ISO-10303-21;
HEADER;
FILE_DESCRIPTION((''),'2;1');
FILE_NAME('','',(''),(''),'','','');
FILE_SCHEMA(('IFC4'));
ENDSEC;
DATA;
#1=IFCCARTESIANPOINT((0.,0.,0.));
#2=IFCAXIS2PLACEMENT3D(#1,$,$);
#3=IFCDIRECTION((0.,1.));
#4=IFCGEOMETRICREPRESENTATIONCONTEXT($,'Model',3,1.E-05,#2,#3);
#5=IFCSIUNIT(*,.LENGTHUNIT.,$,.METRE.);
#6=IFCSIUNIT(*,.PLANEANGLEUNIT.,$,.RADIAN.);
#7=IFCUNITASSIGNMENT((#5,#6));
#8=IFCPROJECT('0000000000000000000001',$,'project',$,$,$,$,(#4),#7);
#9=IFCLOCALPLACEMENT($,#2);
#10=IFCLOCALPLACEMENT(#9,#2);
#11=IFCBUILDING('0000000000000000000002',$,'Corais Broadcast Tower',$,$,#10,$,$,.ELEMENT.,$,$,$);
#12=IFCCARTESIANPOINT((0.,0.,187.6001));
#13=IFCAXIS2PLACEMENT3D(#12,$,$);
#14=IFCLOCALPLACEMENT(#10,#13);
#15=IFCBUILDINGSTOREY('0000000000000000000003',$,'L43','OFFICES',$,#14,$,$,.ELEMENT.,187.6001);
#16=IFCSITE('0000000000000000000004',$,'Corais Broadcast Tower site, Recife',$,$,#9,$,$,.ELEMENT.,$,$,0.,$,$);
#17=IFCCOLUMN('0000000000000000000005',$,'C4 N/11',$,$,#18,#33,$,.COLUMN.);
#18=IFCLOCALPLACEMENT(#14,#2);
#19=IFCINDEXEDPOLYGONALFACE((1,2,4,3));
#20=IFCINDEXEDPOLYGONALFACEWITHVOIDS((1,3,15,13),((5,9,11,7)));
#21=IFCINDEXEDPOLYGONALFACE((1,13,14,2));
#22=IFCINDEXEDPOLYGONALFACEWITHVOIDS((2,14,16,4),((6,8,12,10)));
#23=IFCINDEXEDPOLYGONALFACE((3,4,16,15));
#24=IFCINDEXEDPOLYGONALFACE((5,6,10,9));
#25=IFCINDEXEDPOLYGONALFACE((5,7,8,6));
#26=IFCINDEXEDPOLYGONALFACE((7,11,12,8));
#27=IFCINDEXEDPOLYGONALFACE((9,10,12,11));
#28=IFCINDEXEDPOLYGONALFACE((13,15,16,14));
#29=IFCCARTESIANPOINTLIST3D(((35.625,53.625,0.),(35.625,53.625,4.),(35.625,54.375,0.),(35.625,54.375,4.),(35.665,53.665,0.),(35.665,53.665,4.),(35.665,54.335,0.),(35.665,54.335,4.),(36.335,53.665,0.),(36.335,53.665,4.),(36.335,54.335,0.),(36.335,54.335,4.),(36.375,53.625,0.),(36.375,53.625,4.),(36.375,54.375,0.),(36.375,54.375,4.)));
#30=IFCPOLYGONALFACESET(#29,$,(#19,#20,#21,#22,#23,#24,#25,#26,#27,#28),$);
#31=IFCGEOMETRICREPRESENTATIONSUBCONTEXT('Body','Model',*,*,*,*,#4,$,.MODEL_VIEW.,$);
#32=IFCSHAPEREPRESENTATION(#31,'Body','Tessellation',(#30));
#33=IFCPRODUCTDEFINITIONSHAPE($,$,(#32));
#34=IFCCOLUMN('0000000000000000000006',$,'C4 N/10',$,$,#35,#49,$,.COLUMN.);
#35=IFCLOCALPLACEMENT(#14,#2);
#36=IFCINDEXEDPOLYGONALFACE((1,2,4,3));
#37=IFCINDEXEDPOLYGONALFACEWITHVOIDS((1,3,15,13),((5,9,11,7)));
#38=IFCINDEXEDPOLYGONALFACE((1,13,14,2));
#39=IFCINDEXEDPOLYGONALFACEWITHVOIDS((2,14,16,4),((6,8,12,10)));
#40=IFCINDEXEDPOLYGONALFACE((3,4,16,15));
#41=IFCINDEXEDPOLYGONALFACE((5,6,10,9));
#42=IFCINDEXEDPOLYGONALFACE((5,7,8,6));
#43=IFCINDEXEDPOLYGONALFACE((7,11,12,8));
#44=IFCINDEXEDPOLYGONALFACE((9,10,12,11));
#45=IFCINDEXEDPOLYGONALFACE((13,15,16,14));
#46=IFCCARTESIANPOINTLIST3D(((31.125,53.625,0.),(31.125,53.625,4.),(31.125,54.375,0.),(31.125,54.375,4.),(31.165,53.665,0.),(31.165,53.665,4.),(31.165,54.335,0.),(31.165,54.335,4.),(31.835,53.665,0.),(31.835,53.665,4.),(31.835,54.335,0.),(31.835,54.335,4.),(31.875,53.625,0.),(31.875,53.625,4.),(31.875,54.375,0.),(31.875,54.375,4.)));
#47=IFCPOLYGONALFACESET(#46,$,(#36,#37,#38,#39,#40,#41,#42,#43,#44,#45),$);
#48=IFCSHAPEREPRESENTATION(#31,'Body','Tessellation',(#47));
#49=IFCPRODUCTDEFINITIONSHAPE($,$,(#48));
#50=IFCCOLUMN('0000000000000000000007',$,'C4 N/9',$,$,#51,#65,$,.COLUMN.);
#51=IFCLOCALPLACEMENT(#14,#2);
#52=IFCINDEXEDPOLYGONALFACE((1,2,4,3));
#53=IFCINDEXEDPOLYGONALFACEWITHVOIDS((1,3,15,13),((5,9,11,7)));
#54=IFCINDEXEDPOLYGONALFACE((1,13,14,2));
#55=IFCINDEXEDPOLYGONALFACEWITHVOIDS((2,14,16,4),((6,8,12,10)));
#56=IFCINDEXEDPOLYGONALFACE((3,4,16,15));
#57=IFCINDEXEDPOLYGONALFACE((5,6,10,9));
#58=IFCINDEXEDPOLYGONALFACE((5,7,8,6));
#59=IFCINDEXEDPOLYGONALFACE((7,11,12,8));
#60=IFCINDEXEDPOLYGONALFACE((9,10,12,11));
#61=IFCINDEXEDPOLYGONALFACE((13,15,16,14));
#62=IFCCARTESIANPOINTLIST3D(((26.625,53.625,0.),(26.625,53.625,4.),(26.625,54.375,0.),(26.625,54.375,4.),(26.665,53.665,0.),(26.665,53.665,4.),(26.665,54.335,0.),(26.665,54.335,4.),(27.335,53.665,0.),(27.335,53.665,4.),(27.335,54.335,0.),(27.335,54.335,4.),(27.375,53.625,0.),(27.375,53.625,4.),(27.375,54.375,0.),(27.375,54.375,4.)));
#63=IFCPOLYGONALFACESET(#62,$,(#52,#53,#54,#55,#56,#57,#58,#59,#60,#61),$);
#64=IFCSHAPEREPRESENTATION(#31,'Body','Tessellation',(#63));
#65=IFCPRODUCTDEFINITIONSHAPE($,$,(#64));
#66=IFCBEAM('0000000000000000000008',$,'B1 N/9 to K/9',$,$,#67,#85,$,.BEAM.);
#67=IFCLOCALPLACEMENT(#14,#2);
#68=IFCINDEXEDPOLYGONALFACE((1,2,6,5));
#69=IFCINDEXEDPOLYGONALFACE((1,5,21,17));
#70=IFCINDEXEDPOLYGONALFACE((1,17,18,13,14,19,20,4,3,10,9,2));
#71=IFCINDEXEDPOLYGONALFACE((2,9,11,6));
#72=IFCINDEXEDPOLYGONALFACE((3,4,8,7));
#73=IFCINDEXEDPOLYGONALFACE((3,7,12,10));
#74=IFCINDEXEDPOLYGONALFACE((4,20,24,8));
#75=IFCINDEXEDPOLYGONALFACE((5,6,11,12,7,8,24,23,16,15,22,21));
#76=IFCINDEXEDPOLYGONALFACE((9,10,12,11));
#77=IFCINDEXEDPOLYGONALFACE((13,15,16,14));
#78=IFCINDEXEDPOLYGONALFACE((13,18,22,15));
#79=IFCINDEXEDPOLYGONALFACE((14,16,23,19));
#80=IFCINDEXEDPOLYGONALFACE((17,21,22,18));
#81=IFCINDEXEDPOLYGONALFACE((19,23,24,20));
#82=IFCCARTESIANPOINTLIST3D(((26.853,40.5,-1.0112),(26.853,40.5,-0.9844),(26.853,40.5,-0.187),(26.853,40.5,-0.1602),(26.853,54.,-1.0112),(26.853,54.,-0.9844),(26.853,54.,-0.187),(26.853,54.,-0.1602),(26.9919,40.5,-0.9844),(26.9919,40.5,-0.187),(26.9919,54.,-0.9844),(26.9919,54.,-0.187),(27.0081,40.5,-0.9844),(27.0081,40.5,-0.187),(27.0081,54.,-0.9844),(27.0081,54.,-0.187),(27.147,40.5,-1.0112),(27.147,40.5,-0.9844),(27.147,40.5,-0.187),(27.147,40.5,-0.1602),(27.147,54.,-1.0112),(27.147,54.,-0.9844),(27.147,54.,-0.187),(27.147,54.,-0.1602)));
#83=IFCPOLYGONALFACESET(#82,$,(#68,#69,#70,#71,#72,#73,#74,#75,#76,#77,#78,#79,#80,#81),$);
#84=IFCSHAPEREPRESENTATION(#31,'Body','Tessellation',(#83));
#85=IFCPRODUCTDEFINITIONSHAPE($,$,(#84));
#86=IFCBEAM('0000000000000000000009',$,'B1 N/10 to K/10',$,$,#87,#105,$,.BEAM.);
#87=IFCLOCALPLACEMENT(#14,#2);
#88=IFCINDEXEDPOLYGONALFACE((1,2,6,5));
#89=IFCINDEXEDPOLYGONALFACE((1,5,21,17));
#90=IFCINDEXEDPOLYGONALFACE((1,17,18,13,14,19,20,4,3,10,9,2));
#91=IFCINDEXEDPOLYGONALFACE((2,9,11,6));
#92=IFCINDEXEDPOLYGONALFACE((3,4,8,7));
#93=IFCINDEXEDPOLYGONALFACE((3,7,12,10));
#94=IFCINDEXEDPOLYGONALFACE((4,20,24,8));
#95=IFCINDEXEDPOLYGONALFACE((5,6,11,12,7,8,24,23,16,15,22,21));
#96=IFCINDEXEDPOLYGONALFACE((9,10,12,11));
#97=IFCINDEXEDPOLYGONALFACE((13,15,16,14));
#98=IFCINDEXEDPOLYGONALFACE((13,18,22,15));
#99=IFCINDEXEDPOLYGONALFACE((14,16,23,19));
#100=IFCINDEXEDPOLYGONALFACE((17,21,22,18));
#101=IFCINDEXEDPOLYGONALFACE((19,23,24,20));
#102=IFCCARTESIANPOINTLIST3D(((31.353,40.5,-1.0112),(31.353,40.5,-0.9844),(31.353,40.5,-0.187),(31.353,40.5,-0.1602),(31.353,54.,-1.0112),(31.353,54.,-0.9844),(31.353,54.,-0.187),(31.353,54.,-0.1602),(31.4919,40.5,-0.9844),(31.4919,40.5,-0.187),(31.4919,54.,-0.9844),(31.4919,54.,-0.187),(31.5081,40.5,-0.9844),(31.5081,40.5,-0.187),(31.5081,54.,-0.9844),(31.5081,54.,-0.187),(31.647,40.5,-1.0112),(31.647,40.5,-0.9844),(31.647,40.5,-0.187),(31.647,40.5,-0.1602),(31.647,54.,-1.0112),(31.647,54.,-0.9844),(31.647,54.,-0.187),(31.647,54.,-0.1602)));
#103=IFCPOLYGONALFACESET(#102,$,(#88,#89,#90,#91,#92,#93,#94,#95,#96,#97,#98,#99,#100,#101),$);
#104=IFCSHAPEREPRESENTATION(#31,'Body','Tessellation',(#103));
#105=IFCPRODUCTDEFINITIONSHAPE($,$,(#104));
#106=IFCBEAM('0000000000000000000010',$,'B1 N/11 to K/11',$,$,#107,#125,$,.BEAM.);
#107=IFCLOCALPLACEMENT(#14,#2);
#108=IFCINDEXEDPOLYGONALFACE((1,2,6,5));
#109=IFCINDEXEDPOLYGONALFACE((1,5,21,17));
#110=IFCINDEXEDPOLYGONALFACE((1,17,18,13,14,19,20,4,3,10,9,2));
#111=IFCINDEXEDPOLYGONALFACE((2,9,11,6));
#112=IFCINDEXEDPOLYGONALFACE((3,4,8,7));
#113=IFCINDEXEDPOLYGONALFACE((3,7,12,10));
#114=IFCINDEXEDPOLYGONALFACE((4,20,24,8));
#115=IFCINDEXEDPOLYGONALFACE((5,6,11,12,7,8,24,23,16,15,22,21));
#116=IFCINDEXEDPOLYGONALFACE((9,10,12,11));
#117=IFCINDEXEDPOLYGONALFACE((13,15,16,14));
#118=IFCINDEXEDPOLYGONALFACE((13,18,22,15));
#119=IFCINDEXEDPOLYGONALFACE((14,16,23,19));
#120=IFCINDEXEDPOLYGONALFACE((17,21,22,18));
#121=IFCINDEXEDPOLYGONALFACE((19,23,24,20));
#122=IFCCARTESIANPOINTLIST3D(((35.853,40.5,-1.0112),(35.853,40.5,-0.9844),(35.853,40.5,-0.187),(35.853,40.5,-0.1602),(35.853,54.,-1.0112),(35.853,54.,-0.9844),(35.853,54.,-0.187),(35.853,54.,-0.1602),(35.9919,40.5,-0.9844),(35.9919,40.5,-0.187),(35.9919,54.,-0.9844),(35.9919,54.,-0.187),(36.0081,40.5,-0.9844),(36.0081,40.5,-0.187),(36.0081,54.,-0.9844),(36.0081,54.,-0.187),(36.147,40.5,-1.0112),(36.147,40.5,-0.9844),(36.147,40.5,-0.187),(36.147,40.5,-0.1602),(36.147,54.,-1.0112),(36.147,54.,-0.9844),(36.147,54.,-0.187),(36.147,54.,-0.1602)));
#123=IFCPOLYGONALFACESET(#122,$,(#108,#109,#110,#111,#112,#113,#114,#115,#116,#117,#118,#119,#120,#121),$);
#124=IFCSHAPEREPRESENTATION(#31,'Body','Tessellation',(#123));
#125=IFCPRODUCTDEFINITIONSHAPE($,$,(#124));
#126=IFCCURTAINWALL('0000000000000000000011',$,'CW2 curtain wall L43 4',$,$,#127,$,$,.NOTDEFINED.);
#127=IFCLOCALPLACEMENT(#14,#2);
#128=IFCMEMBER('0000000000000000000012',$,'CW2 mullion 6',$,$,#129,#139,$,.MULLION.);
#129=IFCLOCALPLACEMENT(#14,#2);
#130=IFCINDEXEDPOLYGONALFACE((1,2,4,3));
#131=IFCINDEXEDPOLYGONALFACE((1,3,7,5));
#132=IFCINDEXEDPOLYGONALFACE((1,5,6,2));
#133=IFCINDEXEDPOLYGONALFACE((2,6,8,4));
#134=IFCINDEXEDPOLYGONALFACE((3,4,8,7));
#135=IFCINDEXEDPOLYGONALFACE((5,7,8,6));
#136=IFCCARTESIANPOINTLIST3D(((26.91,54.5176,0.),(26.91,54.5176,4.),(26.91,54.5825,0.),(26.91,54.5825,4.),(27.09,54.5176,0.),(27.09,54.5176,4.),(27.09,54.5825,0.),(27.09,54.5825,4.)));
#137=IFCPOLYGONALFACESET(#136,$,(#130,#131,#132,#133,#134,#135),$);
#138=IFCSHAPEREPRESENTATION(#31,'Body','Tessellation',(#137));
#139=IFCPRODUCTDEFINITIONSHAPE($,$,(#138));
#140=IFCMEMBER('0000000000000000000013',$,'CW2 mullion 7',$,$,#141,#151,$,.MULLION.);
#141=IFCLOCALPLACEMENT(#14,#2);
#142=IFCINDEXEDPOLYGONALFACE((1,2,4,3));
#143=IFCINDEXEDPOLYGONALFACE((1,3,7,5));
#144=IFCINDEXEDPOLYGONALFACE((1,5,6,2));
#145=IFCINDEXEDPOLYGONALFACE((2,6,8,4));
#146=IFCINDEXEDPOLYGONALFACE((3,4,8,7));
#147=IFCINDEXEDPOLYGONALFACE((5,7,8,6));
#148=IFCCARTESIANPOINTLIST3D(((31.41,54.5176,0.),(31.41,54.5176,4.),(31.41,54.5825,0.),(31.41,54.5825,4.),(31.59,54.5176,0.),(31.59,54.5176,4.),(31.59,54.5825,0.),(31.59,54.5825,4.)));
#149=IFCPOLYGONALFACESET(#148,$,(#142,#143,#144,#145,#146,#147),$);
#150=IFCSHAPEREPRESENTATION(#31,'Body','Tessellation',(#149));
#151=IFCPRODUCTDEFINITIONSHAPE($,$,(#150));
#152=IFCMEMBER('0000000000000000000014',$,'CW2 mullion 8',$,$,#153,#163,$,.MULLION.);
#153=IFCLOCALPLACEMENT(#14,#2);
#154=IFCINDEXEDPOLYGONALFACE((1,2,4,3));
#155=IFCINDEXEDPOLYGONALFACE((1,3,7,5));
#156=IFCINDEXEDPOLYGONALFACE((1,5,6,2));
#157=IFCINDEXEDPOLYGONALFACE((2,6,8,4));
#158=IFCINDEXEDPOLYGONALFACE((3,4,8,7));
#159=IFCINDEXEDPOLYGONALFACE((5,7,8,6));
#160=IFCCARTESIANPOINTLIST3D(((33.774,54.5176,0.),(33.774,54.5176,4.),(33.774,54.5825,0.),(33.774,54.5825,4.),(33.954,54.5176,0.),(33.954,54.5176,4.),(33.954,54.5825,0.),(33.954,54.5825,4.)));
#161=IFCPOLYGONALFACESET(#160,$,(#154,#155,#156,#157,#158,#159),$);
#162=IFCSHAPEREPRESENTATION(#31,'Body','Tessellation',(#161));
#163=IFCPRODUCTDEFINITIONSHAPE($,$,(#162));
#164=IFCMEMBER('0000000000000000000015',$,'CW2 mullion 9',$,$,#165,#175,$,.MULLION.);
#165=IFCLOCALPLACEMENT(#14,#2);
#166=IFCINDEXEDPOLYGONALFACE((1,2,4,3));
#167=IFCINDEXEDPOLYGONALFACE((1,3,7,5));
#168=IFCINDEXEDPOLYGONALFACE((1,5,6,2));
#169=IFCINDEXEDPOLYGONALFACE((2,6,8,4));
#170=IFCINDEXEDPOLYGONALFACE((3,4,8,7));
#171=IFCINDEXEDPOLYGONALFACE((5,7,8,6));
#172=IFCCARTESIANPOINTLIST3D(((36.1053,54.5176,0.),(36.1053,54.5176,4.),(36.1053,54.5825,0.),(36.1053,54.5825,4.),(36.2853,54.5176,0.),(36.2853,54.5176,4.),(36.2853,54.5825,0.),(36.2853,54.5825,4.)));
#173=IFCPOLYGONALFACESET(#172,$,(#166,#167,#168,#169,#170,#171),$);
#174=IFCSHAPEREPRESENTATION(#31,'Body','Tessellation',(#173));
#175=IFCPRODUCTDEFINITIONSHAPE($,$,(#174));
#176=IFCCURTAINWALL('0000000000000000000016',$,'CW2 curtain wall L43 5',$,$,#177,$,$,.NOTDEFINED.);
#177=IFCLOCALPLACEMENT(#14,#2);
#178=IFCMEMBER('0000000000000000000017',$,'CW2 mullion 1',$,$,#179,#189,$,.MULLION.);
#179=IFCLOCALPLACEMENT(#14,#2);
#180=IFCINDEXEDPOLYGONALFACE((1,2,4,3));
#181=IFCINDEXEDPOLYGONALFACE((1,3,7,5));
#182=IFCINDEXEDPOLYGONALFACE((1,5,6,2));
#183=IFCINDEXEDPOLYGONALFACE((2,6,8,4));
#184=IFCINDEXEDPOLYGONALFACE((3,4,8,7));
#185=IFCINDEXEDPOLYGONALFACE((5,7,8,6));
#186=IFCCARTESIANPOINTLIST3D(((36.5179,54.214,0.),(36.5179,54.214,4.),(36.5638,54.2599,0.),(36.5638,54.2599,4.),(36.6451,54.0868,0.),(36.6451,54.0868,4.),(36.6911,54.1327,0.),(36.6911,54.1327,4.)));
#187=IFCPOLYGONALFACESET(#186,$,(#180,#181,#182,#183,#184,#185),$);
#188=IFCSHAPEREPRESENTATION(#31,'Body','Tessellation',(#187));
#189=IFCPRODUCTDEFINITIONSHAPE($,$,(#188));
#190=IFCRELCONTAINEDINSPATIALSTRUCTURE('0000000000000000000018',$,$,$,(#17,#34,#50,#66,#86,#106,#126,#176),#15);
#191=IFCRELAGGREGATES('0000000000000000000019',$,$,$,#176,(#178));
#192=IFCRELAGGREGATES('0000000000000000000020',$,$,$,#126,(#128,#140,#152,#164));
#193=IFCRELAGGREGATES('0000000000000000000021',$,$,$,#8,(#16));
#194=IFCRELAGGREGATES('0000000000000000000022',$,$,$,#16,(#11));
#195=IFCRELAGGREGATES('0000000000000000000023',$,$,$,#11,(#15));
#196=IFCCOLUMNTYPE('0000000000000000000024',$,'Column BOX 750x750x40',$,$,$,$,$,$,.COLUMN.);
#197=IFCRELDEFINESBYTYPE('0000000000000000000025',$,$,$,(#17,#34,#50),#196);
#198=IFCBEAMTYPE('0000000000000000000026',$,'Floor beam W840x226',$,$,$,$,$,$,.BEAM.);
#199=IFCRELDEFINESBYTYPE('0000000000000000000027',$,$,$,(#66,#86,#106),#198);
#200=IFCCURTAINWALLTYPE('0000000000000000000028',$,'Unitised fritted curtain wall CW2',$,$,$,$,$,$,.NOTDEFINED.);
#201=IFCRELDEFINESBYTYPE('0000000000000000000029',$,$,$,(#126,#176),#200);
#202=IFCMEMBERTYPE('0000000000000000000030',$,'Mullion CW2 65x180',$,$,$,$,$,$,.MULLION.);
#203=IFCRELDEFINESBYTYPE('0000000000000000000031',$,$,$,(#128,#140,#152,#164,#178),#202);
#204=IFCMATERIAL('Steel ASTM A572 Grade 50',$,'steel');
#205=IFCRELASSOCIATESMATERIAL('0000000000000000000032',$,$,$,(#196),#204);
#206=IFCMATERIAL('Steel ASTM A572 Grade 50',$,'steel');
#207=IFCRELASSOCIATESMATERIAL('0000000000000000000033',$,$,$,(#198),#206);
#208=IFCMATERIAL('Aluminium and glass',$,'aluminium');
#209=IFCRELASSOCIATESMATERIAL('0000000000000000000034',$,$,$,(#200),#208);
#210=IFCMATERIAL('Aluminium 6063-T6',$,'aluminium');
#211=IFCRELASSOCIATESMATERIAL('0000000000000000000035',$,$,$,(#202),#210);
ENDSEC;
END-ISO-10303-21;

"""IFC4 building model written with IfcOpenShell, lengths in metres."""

from ifc_helpers import new_model, si_unit, direction, frame, origin, origin_2d, place, context, subcontext, project, spatial, rectangle, hollow_rectangle, i_section, extrude, material, material_profile, profile_set, type_object, element, aggregate, save


model = new_model("IFC4")

# Units and contexts
model_context = context("Model", 3, precision=1e-05, world=origin(), true_north=direction((0.0, 1.0)))
body_context = subcontext(model_context, "Body", "Model", "MODEL_VIEW")
ifc_project = project(units=[si_unit("LENGTHUNIT", "METRE"), si_unit("PLANEANGLEUNIT", "RADIAN")], contexts=[model_context])

# Site, building, storey
site_placement = place(None, origin())
site = spatial("IfcSite", under=ifc_project, at=site_placement, Name="Corais Broadcast Tower site, Recife", CompositionType="ELEMENT", RefElevation=0.0)
building_placement = place(site_placement, origin())
building = spatial("IfcBuilding", under=site, at=building_placement, Name="Corais Broadcast Tower", CompositionType="ELEMENT")
storey_placement = place(building_placement, frame((0.0, 0.0, 187.6001)))
storey = spatial("IfcBuildingStorey", under=building, at=storey_placement, Name="L43", Description="OFFICES", CompositionType="ELEMENT", Elevation=187.6001)

# Columns
ifc_material_1 = material(Name="Steel ASTM A572 Grade 50", Category="steel")
ifc_material_profile_1 = material_profile(ifc_material_1, hollow_rectangle(XDim=0.75, YDim=0.75, WallThickness=0.04, at=origin_2d()), Name="BOX 750x750x40")
ifc_profile_set_1 = profile_set([ifc_material_profile_1], Name="Steel ASTM A572 Grade 50")
column_type = type_object("IfcColumnType", Name="Column BOX 750x750x40", PredefinedType="COLUMN", material=ifc_profile_set_1)
for number, where, z_axis, x_axis, name in (
    (1, (36.0, 54.0, 0.0), (0.0, 0.0, 1.0), (1.0, 0.0, 0.0), "C4 N/11"),
    (2, (31.5, 54.0, 0.0), (0.0, 0.0, 1.0), (1.0, 0.0, 0.0), "C4 N/10"),
    (3, (27.0, 54.0, 0.0), (0.0, 0.0, 1.0), (1.0, 0.0, 0.0), "C4 N/9"),
):
    element("IfcColumn", number, at=place(storey_placement, frame(where, z_axis=z_axis, x_axis=x_axis)), inside=storey, type_object=column_type, Name=name, PredefinedType="COLUMN", context=body_context, shape_type="SweptSolid", body=[
        extrude(hollow_rectangle(XDim=0.75, YDim=0.75, WallThickness=0.04, at=origin_2d()), origin(), (0.0, 0.0, 1.0), 4.0),
    ])

# Beams
ifc_material_2 = material(Name="Steel ASTM A572 Grade 50", Category="steel")
ifc_material_profile_2 = material_profile(ifc_material_2, i_section(OverallWidth=0.2939, OverallDepth=0.8511, WebThickness=0.0161, FlangeThickness=0.0269, at=origin_2d()), Name="W840x226")
ifc_profile_set_2 = profile_set([ifc_material_profile_2], Name="Steel ASTM A572 Grade 50")
beam_type_1 = type_object("IfcBeamType", Name="Floor beam W840x226", PredefinedType="BEAM", material=ifc_profile_set_2)
for number, where, z_axis, x_axis, name in (
    (4, (27.0, 54.0, -0.5857), (0.0, -1.0, 0.0), (1.0, 0.0, 0.0), "B1 N/9 to K/9"),
    (5, (31.5, 54.0, -0.5857), (0.0, -1.0, 0.0), (1.0, 0.0, 0.0), "B1 N/10 to K/10"),
    (6, (36.0, 54.0, -0.5857), (0.0, -1.0, 0.0), (1.0, 0.0, 0.0), "B1 N/11 to K/11"),
):
    element("IfcBeam", number, at=place(storey_placement, frame(where, z_axis=z_axis, x_axis=x_axis)), inside=storey, type_object=beam_type_1, Name=name, PredefinedType="BEAM", context=body_context, shape_type="SweptSolid", body=[
        extrude(i_section(OverallWidth=0.2939, OverallDepth=0.8511, WebThickness=0.0161, FlangeThickness=0.0269, at=origin_2d()), origin(), (0.0, 0.0, 1.0), 13.5),
    ])

# Curtain wall, members
ifc_material_3 = material(Name="Aluminium and glass", Category="aluminium")
curtain_wall_type = type_object("IfcCurtainWallType", Name="Unitised fritted curtain wall CW2", PredefinedType="NOTDEFINED", material=ifc_material_3)
curtain_wall_1_placement = place(storey_placement, origin())
curtain_wall_1 = element("IfcCurtainWall", 7, at=curtain_wall_1_placement, inside=storey, type_object=curtain_wall_type, Name="CW2 curtain wall L43 4", PredefinedType="NOTDEFINED")
ifc_material_4 = material(Name="Aluminium 6063-T6", Category="aluminium")
ifc_material_profile_3 = material_profile(ifc_material_4, rectangle(XDim=0.0649, YDim=0.1799, at=origin_2d()), Name="Mullion CW2 65x180")
ifc_profile_set_3 = profile_set([ifc_material_profile_3], Name="Aluminium 6063-T6")
member_type_1 = type_object("IfcMemberType", Name="Mullion CW2 65x180", PredefinedType="MULLION", material=ifc_profile_set_3)
member_1_placement = place(storey_placement, frame((27.0, 54.55, 0.0), z_axis=(0.0, 0.0, 1.0), x_axis=(0.0, 1.0, 0.0)))
member_1 = element("IfcMember", 8, at=member_1_placement, type_object=member_type_1, Name="CW2 mullion 6", PredefinedType="MULLION", context=body_context, shape_type="SweptSolid", body=[
    extrude(rectangle(XDim=0.0649, YDim=0.1799, at=origin_2d()), origin(), (0.0, 0.0, 1.0), 4.0),
])
member_2_placement = place(storey_placement, frame((31.5, 54.55, 0.0), z_axis=(0.0, 0.0, 1.0), x_axis=(0.0, 1.0, 0.0)))
member_2 = element("IfcMember", 9, at=member_2_placement, type_object=member_type_1, Name="CW2 mullion 7", PredefinedType="MULLION", context=body_context, shape_type="SweptSolid", body=[
    extrude(rectangle(XDim=0.0649, YDim=0.1799, at=origin_2d()), origin(), (0.0, 0.0, 1.0), 4.0),
])
member_3_placement = place(storey_placement, frame((33.864, 54.55, 0.0), z_axis=(0.0, 0.0, 1.0), x_axis=(0.0, 1.0, 0.0)))
member_3 = element("IfcMember", 10, at=member_3_placement, type_object=member_type_1, Name="CW2 mullion 8", PredefinedType="MULLION", context=body_context, shape_type="SweptSolid", body=[
    extrude(rectangle(XDim=0.0649, YDim=0.1799, at=origin_2d()), origin(), (0.0, 0.0, 1.0), 4.0),
])
member_4_placement = place(storey_placement, frame((36.1953, 54.55, 0.0), z_axis=(0.0, 0.0, 1.0), x_axis=(0.0, 1.0, 0.0)))
member_4 = element("IfcMember", 11, at=member_4_placement, type_object=member_type_1, Name="CW2 mullion 9", PredefinedType="MULLION", context=body_context, shape_type="SweptSolid", body=[
    extrude(rectangle(XDim=0.0649, YDim=0.1799, at=origin_2d()), origin(), (0.0, 0.0, 1.0), 4.0),
])

# Curtain wall, member
curtain_wall_2_placement = place(storey_placement, origin())
curtain_wall_2 = element("IfcCurtainWall", 12, at=curtain_wall_2_placement, inside=storey, type_object=curtain_wall_type, Name="CW2 curtain wall L43 5", PredefinedType="NOTDEFINED")
member_5_placement = place(storey_placement, frame((36.6045, 54.1733, 0.0), z_axis=(0.0, 0.0, 1.0), x_axis=(0.707107, 0.707107, 0.0)))
member_5 = element("IfcMember", 13, at=member_5_placement, type_object=member_type_1, Name="CW2 mullion 1", PredefinedType="MULLION", context=body_context, shape_type="SweptSolid", body=[
    extrude(rectangle(XDim=0.0649, YDim=0.1799, at=origin_2d()), origin(), (0.0, 0.0, 1.0), 4.0),
])

aggregate(curtain_wall_2, [member_5])

aggregate(curtain_wall_1, [member_1, member_2, member_3, member_4])

save(model, "model.ifc")
